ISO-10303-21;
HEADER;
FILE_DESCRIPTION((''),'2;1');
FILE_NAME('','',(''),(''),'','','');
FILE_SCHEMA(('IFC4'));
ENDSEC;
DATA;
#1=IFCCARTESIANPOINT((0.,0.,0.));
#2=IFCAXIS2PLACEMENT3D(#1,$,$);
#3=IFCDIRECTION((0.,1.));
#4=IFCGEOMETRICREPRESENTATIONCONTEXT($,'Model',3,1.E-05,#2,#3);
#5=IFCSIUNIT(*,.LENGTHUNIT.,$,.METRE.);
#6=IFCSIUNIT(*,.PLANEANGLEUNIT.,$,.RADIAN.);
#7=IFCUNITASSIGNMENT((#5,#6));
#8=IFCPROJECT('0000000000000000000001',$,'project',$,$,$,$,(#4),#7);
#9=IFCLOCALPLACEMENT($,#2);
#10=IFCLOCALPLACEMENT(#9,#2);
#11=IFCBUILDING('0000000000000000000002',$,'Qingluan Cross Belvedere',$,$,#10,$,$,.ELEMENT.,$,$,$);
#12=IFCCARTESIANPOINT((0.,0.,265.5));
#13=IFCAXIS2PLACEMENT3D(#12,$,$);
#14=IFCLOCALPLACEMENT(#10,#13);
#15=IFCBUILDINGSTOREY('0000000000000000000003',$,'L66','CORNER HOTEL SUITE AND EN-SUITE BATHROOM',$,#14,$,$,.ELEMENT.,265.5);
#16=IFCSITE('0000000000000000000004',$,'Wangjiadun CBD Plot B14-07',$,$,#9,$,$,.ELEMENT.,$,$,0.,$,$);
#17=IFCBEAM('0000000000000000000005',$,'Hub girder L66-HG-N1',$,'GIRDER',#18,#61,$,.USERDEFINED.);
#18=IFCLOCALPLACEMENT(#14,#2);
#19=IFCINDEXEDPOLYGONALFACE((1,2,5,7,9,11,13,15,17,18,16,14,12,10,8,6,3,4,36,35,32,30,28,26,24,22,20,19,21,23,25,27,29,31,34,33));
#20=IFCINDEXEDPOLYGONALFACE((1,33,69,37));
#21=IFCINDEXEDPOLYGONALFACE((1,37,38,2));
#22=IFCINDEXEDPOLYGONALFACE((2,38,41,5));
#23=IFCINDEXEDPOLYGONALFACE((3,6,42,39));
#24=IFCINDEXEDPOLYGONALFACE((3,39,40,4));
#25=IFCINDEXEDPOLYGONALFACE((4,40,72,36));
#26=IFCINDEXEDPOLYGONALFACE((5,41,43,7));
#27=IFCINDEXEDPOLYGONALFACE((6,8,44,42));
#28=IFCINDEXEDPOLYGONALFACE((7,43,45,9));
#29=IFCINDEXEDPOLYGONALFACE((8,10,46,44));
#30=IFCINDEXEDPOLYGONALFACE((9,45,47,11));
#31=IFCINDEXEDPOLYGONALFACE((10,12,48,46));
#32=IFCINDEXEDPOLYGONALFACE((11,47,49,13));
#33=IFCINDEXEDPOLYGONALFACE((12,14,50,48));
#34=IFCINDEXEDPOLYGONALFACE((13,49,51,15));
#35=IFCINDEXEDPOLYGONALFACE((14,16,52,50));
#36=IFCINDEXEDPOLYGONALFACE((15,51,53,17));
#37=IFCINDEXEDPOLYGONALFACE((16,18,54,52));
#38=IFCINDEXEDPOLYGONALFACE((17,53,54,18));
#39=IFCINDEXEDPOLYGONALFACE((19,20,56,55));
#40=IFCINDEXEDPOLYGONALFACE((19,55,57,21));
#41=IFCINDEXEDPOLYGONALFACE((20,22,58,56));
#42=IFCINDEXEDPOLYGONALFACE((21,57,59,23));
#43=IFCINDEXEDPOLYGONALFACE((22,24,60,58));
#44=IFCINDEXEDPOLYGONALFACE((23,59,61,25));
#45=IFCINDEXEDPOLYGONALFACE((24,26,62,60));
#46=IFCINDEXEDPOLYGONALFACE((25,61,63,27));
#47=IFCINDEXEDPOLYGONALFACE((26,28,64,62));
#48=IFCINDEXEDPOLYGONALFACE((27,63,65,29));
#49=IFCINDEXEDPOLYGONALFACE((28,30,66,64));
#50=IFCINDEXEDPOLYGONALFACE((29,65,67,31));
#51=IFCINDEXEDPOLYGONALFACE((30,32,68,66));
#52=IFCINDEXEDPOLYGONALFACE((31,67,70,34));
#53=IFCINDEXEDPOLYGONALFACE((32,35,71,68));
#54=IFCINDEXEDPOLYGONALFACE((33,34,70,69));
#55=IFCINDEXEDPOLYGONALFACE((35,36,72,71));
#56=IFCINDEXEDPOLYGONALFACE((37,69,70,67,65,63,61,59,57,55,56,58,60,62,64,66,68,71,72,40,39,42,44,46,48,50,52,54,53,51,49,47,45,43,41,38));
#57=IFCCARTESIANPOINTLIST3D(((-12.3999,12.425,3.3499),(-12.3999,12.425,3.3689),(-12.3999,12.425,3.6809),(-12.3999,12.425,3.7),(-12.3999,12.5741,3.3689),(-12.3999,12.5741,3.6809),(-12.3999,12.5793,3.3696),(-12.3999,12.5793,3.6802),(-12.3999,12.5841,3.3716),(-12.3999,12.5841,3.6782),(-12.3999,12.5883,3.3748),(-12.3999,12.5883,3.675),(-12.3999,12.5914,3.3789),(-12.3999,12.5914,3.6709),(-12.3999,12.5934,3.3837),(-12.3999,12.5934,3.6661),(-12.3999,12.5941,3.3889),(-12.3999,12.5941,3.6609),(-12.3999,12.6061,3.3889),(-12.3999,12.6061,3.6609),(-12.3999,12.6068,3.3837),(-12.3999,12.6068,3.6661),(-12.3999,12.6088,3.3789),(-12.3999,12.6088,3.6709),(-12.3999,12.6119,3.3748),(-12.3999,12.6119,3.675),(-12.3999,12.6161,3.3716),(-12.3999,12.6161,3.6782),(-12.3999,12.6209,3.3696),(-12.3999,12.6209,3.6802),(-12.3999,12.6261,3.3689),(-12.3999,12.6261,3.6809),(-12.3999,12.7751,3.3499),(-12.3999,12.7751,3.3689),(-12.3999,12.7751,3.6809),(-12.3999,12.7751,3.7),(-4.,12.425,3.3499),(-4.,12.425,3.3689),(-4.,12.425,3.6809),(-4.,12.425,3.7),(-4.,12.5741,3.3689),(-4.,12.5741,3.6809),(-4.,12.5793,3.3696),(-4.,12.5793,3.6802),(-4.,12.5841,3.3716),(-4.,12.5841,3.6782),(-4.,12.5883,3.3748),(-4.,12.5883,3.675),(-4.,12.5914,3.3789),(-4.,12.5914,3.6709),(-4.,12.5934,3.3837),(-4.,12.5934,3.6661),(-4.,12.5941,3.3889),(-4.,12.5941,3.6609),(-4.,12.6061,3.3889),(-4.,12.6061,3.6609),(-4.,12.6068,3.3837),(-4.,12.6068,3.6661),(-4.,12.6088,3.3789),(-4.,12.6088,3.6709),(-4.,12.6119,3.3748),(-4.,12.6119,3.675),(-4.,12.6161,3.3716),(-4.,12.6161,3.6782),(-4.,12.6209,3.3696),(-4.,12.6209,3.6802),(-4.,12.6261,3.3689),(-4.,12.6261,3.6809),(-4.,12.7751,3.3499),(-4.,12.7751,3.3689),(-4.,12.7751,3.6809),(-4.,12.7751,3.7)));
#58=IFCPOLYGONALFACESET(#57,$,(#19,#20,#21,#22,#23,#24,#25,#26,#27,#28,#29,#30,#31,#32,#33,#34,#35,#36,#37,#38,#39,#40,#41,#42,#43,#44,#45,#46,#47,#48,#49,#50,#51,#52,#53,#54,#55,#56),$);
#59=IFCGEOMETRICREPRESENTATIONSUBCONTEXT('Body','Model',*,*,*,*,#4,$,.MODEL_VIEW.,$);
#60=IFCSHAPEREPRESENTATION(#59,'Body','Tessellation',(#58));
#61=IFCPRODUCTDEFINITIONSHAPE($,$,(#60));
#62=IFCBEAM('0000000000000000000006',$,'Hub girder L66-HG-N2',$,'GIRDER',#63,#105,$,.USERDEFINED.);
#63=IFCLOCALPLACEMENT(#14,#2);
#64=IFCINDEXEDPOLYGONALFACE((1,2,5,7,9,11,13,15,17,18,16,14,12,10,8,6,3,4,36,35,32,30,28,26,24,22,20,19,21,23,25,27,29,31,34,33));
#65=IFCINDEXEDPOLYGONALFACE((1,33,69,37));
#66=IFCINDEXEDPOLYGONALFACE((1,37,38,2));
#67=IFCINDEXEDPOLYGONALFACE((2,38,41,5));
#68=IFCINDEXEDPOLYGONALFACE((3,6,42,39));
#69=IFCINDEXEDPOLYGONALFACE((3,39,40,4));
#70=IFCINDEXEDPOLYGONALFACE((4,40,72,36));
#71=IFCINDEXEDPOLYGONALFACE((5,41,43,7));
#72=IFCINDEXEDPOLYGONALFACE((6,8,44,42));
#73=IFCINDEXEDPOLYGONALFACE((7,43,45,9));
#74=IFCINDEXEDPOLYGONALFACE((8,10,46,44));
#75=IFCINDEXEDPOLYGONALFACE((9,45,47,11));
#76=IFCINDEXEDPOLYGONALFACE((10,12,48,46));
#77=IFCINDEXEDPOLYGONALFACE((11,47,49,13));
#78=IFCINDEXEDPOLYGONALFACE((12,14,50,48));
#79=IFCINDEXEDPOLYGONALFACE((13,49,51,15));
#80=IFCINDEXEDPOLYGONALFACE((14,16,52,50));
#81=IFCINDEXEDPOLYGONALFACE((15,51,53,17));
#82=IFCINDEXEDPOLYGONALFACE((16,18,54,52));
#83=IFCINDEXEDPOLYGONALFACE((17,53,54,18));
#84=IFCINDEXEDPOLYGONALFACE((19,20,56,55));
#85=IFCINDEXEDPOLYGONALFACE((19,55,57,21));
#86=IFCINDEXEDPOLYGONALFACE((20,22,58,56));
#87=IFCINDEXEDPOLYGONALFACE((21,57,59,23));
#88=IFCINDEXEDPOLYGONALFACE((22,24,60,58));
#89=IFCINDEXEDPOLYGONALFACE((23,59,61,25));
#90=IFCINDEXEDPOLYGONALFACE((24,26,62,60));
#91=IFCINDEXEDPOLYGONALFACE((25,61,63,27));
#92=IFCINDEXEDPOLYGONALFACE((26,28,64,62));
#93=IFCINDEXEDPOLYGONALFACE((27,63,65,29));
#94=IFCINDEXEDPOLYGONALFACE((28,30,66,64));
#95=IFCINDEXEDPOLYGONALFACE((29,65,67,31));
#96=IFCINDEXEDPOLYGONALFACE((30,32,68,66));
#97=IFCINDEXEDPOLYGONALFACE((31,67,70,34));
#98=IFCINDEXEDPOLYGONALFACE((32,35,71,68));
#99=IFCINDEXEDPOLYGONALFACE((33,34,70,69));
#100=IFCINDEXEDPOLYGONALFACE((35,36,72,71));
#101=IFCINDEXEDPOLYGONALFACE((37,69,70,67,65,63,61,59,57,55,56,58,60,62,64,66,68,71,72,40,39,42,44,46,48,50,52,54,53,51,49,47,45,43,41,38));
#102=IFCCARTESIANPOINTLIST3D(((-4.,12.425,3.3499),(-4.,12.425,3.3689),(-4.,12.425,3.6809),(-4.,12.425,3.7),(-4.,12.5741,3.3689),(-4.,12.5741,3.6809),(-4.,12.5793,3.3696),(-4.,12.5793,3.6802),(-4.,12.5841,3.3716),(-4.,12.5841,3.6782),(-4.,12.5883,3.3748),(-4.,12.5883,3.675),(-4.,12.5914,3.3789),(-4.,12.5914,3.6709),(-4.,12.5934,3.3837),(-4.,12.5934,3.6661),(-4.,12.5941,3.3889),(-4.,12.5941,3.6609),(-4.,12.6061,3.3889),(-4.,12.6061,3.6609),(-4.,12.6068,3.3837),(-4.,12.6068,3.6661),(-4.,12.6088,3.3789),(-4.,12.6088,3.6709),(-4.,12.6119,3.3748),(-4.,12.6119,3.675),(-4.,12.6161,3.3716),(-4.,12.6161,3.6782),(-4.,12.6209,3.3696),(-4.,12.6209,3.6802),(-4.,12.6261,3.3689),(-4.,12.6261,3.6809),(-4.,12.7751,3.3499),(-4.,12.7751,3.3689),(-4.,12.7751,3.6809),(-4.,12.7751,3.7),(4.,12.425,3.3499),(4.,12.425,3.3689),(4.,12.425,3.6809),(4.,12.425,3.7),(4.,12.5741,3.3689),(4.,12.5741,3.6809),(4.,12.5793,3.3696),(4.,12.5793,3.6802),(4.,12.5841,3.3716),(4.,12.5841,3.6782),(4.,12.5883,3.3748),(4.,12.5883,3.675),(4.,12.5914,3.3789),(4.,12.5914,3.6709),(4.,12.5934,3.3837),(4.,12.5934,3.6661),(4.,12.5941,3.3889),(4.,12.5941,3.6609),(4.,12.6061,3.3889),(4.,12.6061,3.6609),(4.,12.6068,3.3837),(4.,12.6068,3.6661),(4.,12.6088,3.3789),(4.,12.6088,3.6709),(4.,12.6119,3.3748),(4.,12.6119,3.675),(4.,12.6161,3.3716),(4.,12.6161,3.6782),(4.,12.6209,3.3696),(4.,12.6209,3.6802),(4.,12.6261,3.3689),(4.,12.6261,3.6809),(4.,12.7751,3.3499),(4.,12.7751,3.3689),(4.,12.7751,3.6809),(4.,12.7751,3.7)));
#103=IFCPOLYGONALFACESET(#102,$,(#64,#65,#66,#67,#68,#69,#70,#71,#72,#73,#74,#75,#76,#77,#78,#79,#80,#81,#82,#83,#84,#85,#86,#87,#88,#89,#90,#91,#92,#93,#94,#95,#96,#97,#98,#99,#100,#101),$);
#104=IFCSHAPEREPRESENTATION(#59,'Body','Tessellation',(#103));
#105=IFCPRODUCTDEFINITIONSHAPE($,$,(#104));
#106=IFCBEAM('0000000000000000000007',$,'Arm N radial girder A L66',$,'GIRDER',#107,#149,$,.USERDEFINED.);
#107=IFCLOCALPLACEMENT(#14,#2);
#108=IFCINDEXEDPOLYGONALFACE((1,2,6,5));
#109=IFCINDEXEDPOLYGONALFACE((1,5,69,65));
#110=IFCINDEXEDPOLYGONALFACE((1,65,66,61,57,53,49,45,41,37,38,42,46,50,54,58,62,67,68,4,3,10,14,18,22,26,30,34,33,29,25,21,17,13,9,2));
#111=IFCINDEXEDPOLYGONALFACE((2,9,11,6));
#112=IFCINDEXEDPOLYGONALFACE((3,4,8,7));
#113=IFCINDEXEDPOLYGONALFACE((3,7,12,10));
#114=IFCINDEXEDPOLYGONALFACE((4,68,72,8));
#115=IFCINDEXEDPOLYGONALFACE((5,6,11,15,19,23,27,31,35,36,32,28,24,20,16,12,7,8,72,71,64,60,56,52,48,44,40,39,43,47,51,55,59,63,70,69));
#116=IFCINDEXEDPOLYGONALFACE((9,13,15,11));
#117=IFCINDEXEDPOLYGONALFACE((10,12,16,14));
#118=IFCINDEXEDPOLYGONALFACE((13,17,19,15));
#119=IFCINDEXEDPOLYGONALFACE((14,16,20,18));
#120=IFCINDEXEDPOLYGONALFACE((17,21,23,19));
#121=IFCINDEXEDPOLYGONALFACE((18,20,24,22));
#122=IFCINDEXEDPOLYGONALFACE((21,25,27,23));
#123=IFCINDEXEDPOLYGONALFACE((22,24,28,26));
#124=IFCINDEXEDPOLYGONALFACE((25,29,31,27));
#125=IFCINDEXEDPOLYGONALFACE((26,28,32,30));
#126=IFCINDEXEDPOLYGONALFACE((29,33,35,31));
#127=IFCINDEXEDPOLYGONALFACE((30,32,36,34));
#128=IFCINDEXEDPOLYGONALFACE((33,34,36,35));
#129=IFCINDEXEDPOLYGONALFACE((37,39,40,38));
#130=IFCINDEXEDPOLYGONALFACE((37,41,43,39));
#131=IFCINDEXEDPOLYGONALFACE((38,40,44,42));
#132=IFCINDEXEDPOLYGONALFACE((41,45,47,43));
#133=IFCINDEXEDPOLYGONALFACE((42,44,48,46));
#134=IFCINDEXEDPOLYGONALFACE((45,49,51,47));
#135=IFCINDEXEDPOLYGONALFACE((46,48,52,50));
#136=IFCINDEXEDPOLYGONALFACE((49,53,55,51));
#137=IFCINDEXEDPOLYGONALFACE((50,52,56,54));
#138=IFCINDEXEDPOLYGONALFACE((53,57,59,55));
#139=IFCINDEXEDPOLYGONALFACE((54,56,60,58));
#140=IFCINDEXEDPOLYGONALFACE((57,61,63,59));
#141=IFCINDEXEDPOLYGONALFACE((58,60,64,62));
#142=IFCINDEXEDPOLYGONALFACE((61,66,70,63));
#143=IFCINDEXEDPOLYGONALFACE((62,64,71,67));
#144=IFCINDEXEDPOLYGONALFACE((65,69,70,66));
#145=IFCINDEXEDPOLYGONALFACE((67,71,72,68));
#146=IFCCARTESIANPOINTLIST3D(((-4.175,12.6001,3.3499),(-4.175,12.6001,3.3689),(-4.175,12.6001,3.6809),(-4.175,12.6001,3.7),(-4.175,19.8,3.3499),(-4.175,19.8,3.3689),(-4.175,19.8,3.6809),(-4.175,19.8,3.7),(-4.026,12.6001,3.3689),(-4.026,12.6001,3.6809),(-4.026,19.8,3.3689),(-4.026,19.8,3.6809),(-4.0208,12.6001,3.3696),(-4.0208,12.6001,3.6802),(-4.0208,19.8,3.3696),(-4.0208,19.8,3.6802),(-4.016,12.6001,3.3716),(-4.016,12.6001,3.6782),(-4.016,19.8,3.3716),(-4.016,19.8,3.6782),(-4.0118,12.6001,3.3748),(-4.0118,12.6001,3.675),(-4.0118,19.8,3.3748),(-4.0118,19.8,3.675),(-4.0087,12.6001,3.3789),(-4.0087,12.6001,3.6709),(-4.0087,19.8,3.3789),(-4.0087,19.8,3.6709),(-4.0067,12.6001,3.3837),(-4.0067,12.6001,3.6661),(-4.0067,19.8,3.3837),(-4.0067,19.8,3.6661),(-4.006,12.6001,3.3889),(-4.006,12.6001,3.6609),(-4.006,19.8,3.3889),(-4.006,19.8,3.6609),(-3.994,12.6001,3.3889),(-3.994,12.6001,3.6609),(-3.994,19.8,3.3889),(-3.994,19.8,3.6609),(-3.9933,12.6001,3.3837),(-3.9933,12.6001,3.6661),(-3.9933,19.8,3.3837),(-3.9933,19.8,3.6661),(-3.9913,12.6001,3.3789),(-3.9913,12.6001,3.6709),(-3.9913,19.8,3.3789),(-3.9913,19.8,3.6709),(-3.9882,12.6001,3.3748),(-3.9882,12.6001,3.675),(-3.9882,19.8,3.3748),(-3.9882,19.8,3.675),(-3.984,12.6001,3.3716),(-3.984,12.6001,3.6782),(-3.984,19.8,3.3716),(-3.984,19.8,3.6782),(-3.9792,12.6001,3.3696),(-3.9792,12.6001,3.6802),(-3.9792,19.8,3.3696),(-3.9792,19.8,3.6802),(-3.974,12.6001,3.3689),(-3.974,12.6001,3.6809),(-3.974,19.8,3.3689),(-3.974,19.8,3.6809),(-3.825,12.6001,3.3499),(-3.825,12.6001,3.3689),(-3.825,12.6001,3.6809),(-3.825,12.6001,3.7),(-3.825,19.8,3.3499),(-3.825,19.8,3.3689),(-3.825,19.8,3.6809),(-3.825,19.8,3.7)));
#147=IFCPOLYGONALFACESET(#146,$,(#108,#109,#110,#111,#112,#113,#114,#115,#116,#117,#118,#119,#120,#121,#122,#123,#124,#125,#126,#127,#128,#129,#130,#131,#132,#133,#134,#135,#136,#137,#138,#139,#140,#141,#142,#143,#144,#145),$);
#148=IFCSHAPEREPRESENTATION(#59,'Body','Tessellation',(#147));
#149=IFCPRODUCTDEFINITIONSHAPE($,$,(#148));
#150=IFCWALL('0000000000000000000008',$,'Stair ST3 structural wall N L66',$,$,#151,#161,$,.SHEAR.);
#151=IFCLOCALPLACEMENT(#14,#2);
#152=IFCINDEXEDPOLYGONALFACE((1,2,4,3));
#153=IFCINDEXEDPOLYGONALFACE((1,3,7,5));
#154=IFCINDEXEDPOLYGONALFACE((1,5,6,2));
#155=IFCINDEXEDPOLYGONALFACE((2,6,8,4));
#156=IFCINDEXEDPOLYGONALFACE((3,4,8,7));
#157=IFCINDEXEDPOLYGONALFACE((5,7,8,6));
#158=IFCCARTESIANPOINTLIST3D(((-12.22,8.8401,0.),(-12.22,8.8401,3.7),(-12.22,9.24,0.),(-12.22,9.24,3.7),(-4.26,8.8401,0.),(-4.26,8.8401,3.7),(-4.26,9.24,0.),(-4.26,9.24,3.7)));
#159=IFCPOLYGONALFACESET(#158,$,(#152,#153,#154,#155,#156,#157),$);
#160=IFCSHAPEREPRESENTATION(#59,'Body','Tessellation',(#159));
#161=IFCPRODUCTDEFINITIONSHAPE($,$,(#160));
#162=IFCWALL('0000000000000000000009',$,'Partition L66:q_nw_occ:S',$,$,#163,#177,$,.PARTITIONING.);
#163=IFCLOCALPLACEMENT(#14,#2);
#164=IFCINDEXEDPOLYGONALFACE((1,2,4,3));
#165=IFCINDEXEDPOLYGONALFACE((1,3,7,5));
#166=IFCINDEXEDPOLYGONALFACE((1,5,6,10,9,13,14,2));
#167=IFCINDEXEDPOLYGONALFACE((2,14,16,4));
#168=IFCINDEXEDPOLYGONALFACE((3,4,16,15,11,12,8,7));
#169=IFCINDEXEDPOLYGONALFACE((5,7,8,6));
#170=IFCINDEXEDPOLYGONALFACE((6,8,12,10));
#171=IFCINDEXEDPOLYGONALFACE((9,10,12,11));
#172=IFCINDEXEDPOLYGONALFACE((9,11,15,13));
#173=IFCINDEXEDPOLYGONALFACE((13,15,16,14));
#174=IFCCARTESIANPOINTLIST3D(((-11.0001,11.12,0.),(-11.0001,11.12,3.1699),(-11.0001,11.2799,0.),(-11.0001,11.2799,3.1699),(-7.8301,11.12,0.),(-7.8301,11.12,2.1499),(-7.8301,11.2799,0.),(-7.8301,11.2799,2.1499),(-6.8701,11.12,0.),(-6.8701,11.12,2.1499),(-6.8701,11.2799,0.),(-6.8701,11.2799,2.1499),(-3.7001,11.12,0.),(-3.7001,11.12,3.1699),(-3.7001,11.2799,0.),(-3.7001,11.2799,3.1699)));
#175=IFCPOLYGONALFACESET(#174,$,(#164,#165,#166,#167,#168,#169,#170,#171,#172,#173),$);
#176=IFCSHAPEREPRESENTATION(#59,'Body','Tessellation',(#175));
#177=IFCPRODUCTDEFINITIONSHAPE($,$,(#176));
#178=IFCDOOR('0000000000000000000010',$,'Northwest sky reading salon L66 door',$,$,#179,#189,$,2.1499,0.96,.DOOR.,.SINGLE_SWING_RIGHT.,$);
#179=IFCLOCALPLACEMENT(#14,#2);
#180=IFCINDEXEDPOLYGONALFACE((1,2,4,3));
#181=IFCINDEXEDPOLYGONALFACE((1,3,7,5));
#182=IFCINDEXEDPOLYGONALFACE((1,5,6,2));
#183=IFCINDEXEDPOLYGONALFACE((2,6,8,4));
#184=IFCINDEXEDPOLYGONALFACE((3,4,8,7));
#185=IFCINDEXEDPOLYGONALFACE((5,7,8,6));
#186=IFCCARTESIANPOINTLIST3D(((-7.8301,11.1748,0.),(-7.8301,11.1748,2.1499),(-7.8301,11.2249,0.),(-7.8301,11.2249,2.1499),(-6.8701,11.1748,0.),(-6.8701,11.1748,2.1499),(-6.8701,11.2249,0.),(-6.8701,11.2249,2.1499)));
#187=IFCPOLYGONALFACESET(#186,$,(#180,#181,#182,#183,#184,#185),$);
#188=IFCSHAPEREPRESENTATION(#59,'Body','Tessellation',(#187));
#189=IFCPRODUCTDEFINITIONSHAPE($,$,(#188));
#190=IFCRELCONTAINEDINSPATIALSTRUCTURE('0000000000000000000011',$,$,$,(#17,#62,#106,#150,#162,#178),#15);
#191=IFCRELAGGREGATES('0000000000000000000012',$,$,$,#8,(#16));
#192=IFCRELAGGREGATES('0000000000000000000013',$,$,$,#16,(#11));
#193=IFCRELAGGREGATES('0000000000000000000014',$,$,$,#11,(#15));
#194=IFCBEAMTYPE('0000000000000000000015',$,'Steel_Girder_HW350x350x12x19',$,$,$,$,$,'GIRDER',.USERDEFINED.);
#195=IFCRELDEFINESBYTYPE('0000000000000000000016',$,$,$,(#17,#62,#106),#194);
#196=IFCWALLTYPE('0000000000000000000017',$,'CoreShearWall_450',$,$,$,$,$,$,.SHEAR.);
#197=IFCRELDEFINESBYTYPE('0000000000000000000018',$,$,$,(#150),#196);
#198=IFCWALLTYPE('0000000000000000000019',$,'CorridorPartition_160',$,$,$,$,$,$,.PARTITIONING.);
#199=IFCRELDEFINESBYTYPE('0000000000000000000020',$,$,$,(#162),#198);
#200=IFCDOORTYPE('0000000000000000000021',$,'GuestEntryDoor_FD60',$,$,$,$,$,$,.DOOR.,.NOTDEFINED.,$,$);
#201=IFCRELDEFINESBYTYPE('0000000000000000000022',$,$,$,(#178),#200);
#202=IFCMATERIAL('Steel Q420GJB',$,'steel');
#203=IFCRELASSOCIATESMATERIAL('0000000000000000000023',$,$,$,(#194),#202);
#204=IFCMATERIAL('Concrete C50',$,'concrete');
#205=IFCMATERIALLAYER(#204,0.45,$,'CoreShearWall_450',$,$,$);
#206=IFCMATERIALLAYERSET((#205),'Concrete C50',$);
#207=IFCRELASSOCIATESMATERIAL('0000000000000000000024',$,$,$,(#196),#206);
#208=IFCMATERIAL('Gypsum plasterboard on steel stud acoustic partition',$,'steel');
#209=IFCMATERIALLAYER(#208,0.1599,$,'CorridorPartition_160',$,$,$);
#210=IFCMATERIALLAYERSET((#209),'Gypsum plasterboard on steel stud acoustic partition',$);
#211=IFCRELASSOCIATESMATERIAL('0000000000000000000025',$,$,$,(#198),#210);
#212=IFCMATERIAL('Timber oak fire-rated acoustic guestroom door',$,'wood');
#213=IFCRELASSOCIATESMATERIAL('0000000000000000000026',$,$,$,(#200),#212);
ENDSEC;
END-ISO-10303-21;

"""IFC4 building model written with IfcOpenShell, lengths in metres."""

from ifc_helpers import new_model, si_unit, direction, frame, frame_2d, origin, origin_2d, place, context, subcontext, project, spatial, rectangle, i_section, extrude, material, layer, layer_set, material_profile, profile_set, type_object, element, fill, save


model = new_model("IFC4")

# Units and contexts
model_context = context("Model", 3, precision=1e-05, world=origin(), true_north=direction((0.0, 1.0)))
body_context = subcontext(model_context, "Body", "Model", "MODEL_VIEW")
ifc_project = project(units=[si_unit("LENGTHUNIT", "METRE"), si_unit("PLANEANGLEUNIT", "RADIAN")], contexts=[model_context])

# Site, building, storey
site_placement = place(None, origin())
site = spatial("IfcSite", under=ifc_project, at=site_placement, Name="Wangjiadun CBD Plot B14-07", CompositionType="ELEMENT", RefElevation=0.0)
building_placement = place(site_placement, origin())
building = spatial("IfcBuilding", under=site, at=building_placement, Name="Qingluan Cross Belvedere", CompositionType="ELEMENT")
storey_placement = place(building_placement, frame((0.0, 0.0, 265.5)))
storey = spatial("IfcBuildingStorey", under=building, at=storey_placement, Name="L66", Description="CORNER HOTEL SUITE AND EN-SUITE BATHROOM", CompositionType="ELEMENT", Elevation=265.5)

# Beams
ifc_material_1 = material(Name="Steel Q420GJB", Category="steel")
ifc_material_profile_1 = material_profile(ifc_material_1, i_section(OverallWidth=0.3501, OverallDepth=0.3501, WebThickness=0.012, FlangeThickness=0.019, FilletRadius=0.02, at=origin_2d()), Name="HW350x350x12x19")
ifc_profile_set_1 = profile_set([ifc_material_profile_1], Name="Steel Q420GJB")
beam_type_1 = type_object("IfcBeamType", Name="Steel_Girder_HW350x350x12x19", ElementType="GIRDER", PredefinedType="USERDEFINED", material=ifc_profile_set_1)
beam_1_placement = place(storey_placement, frame((-12.3999, 12.6001, 3.5249), z_axis=(1.0, 0.0, 0.0), x_axis=(0.0, 1.0, 0.0)))
element("IfcBeam", 1, at=beam_1_placement, inside=storey, type_object=beam_type_1, Name="Hub girder L66-HG-N1", ObjectType="GIRDER", PredefinedType="USERDEFINED", context=body_context, shape_type="SweptSolid", body=[
    extrude(i_section(OverallWidth=0.3501, OverallDepth=0.3501, WebThickness=0.012, FlangeThickness=0.019, FilletRadius=0.02, at=origin_2d()), origin(), (0.0, 0.0, 1.0), 8.3999),
])
beam_2_placement = place(storey_placement, frame((-4.0, 12.6001, 3.5249), z_axis=(1.0, 0.0, 0.0), x_axis=(0.0, 1.0, 0.0)))
element("IfcBeam", 2, at=beam_2_placement, inside=storey, type_object=beam_type_1, Name="Hub girder L66-HG-N2", ObjectType="GIRDER", PredefinedType="USERDEFINED", context=body_context, shape_type="SweptSolid", body=[
    extrude(i_section(OverallWidth=0.3501, OverallDepth=0.3501, WebThickness=0.012, FlangeThickness=0.019, FilletRadius=0.02, at=origin_2d()), origin(), (0.0, 0.0, 1.0), 8.0),
])
beam_3_placement = place(storey_placement, frame((-4.0, 12.6001, 3.5249), z_axis=(0.0, 1.0, 0.0), x_axis=(-1.0, 0.0, 0.0)))
element("IfcBeam", 3, at=beam_3_placement, inside=storey, type_object=beam_type_1, Name="Arm N radial girder A L66", ObjectType="GIRDER", PredefinedType="USERDEFINED", context=body_context, shape_type="SweptSolid", body=[
    extrude(i_section(OverallWidth=0.3501, OverallDepth=0.3501, WebThickness=0.012, FlangeThickness=0.019, FilletRadius=0.02, at=origin_2d()), origin(), (0.0, 0.0, 1.0), 7.2),
])

# Wall
ifc_material_2 = material(Name="Concrete C50", Category="concrete")
ifc_layer_1 = layer(ifc_material_2, 0.45, Name="CoreShearWall_450")
ifc_layer_set_1 = layer_set([ifc_layer_1], Name="Concrete C50")
wall_type_1 = type_object("IfcWallType", Name="CoreShearWall_450", PredefinedType="SHEAR", material=ifc_layer_set_1)
wall_1_placement = place(storey_placement, frame((-12.22, 9.04, 0.0), z_axis=(0.0, 0.0, 1.0), x_axis=(1.0, 0.0, 0.0)))
element("IfcWall", 4, at=wall_1_placement, inside=storey, type_object=wall_type_1, Name="Stair ST3 structural wall N L66", PredefinedType="SHEAR", context=body_context, shape_type="SweptSolid", body=[
    extrude(rectangle(XDim=7.96, YDim=0.3999, at=frame_2d((3.98, 0.0))), origin(), (0.0, 0.0, 1.0), 3.7),
])

# Wall, opening, door
ifc_material_3 = material(Name="Gypsum plasterboard on steel stud acoustic partition", Category="steel")
ifc_layer_2 = layer(ifc_material_3, 0.1599, Name="CorridorPartition_160")
ifc_layer_set_2 = layer_set([ifc_layer_2], Name="Gypsum plasterboard on steel stud acoustic partition")
wall_type_2 = type_object("IfcWallType", Name="CorridorPartition_160", PredefinedType="PARTITIONING", material=ifc_layer_set_2)
wall_2_placement = place(storey_placement, frame((-11.0, 11.2, 0.0), z_axis=(0.0, 0.0, 1.0), x_axis=(1.0, 0.0, 0.0)))
wall_2 = element("IfcWall", 5, at=wall_2_placement, inside=storey, type_object=wall_type_2, Name="Partition L66:q_nw_occ:S", PredefinedType="PARTITIONING", context=body_context, shape_type="SweptSolid", body=[
    extrude(rectangle(XDim=7.3, YDim=0.1599, at=frame_2d((3.6499, 0.0))), origin(), (0.0, 0.0, 1.0), 3.1699),
])
opening_placement = place(wall_2_placement, frame((3.1699, 0.0, 0.0)))
opening = element("IfcOpeningElement", 6, at=opening_placement, cuts=wall_2, PredefinedType="OPENING", context=body_context, shape_type="SweptSolid", body=[
    extrude(rectangle(XDim=0.96, YDim=2.1499, at=frame_2d((0.48, 1.075))), frame((0.0, 0.0898, 0.0), z_axis=(0.0, -1.0, 0.0), x_axis=(1.0, 0.0, 0.0)), (0.0, 0.0, 1.0), 0.1799),
])
ifc_material_4 = material(Name="Timber oak fire-rated acoustic guestroom door", Category="wood")
door_type = type_object("IfcDoorType", Name="GuestEntryDoor_FD60", OperationType="NOTDEFINED", PredefinedType="DOOR", material=ifc_material_4)
door_placement = place(opening_placement, origin())
door = element("IfcDoor", 7, at=door_placement, inside=storey, type_object=door_type, Name="Northwest sky reading salon L66 door", OperationType="SINGLE_SWING_RIGHT", OverallHeight=2.1499, OverallWidth=0.96, PredefinedType="DOOR", context=body_context, shape_type="SweptSolid", body=[
    extrude(rectangle(XDim=0.96, YDim=2.1499, at=frame_2d((0.48, 1.075))), frame((0.0, 0.0249, 0.0), z_axis=(0.0, -1.0, 0.0), x_axis=(1.0, 0.0, 0.0)), (0.0, 0.0, 1.0), 0.05),
])
fill(opening, door)

save(model, "model.ifc")
